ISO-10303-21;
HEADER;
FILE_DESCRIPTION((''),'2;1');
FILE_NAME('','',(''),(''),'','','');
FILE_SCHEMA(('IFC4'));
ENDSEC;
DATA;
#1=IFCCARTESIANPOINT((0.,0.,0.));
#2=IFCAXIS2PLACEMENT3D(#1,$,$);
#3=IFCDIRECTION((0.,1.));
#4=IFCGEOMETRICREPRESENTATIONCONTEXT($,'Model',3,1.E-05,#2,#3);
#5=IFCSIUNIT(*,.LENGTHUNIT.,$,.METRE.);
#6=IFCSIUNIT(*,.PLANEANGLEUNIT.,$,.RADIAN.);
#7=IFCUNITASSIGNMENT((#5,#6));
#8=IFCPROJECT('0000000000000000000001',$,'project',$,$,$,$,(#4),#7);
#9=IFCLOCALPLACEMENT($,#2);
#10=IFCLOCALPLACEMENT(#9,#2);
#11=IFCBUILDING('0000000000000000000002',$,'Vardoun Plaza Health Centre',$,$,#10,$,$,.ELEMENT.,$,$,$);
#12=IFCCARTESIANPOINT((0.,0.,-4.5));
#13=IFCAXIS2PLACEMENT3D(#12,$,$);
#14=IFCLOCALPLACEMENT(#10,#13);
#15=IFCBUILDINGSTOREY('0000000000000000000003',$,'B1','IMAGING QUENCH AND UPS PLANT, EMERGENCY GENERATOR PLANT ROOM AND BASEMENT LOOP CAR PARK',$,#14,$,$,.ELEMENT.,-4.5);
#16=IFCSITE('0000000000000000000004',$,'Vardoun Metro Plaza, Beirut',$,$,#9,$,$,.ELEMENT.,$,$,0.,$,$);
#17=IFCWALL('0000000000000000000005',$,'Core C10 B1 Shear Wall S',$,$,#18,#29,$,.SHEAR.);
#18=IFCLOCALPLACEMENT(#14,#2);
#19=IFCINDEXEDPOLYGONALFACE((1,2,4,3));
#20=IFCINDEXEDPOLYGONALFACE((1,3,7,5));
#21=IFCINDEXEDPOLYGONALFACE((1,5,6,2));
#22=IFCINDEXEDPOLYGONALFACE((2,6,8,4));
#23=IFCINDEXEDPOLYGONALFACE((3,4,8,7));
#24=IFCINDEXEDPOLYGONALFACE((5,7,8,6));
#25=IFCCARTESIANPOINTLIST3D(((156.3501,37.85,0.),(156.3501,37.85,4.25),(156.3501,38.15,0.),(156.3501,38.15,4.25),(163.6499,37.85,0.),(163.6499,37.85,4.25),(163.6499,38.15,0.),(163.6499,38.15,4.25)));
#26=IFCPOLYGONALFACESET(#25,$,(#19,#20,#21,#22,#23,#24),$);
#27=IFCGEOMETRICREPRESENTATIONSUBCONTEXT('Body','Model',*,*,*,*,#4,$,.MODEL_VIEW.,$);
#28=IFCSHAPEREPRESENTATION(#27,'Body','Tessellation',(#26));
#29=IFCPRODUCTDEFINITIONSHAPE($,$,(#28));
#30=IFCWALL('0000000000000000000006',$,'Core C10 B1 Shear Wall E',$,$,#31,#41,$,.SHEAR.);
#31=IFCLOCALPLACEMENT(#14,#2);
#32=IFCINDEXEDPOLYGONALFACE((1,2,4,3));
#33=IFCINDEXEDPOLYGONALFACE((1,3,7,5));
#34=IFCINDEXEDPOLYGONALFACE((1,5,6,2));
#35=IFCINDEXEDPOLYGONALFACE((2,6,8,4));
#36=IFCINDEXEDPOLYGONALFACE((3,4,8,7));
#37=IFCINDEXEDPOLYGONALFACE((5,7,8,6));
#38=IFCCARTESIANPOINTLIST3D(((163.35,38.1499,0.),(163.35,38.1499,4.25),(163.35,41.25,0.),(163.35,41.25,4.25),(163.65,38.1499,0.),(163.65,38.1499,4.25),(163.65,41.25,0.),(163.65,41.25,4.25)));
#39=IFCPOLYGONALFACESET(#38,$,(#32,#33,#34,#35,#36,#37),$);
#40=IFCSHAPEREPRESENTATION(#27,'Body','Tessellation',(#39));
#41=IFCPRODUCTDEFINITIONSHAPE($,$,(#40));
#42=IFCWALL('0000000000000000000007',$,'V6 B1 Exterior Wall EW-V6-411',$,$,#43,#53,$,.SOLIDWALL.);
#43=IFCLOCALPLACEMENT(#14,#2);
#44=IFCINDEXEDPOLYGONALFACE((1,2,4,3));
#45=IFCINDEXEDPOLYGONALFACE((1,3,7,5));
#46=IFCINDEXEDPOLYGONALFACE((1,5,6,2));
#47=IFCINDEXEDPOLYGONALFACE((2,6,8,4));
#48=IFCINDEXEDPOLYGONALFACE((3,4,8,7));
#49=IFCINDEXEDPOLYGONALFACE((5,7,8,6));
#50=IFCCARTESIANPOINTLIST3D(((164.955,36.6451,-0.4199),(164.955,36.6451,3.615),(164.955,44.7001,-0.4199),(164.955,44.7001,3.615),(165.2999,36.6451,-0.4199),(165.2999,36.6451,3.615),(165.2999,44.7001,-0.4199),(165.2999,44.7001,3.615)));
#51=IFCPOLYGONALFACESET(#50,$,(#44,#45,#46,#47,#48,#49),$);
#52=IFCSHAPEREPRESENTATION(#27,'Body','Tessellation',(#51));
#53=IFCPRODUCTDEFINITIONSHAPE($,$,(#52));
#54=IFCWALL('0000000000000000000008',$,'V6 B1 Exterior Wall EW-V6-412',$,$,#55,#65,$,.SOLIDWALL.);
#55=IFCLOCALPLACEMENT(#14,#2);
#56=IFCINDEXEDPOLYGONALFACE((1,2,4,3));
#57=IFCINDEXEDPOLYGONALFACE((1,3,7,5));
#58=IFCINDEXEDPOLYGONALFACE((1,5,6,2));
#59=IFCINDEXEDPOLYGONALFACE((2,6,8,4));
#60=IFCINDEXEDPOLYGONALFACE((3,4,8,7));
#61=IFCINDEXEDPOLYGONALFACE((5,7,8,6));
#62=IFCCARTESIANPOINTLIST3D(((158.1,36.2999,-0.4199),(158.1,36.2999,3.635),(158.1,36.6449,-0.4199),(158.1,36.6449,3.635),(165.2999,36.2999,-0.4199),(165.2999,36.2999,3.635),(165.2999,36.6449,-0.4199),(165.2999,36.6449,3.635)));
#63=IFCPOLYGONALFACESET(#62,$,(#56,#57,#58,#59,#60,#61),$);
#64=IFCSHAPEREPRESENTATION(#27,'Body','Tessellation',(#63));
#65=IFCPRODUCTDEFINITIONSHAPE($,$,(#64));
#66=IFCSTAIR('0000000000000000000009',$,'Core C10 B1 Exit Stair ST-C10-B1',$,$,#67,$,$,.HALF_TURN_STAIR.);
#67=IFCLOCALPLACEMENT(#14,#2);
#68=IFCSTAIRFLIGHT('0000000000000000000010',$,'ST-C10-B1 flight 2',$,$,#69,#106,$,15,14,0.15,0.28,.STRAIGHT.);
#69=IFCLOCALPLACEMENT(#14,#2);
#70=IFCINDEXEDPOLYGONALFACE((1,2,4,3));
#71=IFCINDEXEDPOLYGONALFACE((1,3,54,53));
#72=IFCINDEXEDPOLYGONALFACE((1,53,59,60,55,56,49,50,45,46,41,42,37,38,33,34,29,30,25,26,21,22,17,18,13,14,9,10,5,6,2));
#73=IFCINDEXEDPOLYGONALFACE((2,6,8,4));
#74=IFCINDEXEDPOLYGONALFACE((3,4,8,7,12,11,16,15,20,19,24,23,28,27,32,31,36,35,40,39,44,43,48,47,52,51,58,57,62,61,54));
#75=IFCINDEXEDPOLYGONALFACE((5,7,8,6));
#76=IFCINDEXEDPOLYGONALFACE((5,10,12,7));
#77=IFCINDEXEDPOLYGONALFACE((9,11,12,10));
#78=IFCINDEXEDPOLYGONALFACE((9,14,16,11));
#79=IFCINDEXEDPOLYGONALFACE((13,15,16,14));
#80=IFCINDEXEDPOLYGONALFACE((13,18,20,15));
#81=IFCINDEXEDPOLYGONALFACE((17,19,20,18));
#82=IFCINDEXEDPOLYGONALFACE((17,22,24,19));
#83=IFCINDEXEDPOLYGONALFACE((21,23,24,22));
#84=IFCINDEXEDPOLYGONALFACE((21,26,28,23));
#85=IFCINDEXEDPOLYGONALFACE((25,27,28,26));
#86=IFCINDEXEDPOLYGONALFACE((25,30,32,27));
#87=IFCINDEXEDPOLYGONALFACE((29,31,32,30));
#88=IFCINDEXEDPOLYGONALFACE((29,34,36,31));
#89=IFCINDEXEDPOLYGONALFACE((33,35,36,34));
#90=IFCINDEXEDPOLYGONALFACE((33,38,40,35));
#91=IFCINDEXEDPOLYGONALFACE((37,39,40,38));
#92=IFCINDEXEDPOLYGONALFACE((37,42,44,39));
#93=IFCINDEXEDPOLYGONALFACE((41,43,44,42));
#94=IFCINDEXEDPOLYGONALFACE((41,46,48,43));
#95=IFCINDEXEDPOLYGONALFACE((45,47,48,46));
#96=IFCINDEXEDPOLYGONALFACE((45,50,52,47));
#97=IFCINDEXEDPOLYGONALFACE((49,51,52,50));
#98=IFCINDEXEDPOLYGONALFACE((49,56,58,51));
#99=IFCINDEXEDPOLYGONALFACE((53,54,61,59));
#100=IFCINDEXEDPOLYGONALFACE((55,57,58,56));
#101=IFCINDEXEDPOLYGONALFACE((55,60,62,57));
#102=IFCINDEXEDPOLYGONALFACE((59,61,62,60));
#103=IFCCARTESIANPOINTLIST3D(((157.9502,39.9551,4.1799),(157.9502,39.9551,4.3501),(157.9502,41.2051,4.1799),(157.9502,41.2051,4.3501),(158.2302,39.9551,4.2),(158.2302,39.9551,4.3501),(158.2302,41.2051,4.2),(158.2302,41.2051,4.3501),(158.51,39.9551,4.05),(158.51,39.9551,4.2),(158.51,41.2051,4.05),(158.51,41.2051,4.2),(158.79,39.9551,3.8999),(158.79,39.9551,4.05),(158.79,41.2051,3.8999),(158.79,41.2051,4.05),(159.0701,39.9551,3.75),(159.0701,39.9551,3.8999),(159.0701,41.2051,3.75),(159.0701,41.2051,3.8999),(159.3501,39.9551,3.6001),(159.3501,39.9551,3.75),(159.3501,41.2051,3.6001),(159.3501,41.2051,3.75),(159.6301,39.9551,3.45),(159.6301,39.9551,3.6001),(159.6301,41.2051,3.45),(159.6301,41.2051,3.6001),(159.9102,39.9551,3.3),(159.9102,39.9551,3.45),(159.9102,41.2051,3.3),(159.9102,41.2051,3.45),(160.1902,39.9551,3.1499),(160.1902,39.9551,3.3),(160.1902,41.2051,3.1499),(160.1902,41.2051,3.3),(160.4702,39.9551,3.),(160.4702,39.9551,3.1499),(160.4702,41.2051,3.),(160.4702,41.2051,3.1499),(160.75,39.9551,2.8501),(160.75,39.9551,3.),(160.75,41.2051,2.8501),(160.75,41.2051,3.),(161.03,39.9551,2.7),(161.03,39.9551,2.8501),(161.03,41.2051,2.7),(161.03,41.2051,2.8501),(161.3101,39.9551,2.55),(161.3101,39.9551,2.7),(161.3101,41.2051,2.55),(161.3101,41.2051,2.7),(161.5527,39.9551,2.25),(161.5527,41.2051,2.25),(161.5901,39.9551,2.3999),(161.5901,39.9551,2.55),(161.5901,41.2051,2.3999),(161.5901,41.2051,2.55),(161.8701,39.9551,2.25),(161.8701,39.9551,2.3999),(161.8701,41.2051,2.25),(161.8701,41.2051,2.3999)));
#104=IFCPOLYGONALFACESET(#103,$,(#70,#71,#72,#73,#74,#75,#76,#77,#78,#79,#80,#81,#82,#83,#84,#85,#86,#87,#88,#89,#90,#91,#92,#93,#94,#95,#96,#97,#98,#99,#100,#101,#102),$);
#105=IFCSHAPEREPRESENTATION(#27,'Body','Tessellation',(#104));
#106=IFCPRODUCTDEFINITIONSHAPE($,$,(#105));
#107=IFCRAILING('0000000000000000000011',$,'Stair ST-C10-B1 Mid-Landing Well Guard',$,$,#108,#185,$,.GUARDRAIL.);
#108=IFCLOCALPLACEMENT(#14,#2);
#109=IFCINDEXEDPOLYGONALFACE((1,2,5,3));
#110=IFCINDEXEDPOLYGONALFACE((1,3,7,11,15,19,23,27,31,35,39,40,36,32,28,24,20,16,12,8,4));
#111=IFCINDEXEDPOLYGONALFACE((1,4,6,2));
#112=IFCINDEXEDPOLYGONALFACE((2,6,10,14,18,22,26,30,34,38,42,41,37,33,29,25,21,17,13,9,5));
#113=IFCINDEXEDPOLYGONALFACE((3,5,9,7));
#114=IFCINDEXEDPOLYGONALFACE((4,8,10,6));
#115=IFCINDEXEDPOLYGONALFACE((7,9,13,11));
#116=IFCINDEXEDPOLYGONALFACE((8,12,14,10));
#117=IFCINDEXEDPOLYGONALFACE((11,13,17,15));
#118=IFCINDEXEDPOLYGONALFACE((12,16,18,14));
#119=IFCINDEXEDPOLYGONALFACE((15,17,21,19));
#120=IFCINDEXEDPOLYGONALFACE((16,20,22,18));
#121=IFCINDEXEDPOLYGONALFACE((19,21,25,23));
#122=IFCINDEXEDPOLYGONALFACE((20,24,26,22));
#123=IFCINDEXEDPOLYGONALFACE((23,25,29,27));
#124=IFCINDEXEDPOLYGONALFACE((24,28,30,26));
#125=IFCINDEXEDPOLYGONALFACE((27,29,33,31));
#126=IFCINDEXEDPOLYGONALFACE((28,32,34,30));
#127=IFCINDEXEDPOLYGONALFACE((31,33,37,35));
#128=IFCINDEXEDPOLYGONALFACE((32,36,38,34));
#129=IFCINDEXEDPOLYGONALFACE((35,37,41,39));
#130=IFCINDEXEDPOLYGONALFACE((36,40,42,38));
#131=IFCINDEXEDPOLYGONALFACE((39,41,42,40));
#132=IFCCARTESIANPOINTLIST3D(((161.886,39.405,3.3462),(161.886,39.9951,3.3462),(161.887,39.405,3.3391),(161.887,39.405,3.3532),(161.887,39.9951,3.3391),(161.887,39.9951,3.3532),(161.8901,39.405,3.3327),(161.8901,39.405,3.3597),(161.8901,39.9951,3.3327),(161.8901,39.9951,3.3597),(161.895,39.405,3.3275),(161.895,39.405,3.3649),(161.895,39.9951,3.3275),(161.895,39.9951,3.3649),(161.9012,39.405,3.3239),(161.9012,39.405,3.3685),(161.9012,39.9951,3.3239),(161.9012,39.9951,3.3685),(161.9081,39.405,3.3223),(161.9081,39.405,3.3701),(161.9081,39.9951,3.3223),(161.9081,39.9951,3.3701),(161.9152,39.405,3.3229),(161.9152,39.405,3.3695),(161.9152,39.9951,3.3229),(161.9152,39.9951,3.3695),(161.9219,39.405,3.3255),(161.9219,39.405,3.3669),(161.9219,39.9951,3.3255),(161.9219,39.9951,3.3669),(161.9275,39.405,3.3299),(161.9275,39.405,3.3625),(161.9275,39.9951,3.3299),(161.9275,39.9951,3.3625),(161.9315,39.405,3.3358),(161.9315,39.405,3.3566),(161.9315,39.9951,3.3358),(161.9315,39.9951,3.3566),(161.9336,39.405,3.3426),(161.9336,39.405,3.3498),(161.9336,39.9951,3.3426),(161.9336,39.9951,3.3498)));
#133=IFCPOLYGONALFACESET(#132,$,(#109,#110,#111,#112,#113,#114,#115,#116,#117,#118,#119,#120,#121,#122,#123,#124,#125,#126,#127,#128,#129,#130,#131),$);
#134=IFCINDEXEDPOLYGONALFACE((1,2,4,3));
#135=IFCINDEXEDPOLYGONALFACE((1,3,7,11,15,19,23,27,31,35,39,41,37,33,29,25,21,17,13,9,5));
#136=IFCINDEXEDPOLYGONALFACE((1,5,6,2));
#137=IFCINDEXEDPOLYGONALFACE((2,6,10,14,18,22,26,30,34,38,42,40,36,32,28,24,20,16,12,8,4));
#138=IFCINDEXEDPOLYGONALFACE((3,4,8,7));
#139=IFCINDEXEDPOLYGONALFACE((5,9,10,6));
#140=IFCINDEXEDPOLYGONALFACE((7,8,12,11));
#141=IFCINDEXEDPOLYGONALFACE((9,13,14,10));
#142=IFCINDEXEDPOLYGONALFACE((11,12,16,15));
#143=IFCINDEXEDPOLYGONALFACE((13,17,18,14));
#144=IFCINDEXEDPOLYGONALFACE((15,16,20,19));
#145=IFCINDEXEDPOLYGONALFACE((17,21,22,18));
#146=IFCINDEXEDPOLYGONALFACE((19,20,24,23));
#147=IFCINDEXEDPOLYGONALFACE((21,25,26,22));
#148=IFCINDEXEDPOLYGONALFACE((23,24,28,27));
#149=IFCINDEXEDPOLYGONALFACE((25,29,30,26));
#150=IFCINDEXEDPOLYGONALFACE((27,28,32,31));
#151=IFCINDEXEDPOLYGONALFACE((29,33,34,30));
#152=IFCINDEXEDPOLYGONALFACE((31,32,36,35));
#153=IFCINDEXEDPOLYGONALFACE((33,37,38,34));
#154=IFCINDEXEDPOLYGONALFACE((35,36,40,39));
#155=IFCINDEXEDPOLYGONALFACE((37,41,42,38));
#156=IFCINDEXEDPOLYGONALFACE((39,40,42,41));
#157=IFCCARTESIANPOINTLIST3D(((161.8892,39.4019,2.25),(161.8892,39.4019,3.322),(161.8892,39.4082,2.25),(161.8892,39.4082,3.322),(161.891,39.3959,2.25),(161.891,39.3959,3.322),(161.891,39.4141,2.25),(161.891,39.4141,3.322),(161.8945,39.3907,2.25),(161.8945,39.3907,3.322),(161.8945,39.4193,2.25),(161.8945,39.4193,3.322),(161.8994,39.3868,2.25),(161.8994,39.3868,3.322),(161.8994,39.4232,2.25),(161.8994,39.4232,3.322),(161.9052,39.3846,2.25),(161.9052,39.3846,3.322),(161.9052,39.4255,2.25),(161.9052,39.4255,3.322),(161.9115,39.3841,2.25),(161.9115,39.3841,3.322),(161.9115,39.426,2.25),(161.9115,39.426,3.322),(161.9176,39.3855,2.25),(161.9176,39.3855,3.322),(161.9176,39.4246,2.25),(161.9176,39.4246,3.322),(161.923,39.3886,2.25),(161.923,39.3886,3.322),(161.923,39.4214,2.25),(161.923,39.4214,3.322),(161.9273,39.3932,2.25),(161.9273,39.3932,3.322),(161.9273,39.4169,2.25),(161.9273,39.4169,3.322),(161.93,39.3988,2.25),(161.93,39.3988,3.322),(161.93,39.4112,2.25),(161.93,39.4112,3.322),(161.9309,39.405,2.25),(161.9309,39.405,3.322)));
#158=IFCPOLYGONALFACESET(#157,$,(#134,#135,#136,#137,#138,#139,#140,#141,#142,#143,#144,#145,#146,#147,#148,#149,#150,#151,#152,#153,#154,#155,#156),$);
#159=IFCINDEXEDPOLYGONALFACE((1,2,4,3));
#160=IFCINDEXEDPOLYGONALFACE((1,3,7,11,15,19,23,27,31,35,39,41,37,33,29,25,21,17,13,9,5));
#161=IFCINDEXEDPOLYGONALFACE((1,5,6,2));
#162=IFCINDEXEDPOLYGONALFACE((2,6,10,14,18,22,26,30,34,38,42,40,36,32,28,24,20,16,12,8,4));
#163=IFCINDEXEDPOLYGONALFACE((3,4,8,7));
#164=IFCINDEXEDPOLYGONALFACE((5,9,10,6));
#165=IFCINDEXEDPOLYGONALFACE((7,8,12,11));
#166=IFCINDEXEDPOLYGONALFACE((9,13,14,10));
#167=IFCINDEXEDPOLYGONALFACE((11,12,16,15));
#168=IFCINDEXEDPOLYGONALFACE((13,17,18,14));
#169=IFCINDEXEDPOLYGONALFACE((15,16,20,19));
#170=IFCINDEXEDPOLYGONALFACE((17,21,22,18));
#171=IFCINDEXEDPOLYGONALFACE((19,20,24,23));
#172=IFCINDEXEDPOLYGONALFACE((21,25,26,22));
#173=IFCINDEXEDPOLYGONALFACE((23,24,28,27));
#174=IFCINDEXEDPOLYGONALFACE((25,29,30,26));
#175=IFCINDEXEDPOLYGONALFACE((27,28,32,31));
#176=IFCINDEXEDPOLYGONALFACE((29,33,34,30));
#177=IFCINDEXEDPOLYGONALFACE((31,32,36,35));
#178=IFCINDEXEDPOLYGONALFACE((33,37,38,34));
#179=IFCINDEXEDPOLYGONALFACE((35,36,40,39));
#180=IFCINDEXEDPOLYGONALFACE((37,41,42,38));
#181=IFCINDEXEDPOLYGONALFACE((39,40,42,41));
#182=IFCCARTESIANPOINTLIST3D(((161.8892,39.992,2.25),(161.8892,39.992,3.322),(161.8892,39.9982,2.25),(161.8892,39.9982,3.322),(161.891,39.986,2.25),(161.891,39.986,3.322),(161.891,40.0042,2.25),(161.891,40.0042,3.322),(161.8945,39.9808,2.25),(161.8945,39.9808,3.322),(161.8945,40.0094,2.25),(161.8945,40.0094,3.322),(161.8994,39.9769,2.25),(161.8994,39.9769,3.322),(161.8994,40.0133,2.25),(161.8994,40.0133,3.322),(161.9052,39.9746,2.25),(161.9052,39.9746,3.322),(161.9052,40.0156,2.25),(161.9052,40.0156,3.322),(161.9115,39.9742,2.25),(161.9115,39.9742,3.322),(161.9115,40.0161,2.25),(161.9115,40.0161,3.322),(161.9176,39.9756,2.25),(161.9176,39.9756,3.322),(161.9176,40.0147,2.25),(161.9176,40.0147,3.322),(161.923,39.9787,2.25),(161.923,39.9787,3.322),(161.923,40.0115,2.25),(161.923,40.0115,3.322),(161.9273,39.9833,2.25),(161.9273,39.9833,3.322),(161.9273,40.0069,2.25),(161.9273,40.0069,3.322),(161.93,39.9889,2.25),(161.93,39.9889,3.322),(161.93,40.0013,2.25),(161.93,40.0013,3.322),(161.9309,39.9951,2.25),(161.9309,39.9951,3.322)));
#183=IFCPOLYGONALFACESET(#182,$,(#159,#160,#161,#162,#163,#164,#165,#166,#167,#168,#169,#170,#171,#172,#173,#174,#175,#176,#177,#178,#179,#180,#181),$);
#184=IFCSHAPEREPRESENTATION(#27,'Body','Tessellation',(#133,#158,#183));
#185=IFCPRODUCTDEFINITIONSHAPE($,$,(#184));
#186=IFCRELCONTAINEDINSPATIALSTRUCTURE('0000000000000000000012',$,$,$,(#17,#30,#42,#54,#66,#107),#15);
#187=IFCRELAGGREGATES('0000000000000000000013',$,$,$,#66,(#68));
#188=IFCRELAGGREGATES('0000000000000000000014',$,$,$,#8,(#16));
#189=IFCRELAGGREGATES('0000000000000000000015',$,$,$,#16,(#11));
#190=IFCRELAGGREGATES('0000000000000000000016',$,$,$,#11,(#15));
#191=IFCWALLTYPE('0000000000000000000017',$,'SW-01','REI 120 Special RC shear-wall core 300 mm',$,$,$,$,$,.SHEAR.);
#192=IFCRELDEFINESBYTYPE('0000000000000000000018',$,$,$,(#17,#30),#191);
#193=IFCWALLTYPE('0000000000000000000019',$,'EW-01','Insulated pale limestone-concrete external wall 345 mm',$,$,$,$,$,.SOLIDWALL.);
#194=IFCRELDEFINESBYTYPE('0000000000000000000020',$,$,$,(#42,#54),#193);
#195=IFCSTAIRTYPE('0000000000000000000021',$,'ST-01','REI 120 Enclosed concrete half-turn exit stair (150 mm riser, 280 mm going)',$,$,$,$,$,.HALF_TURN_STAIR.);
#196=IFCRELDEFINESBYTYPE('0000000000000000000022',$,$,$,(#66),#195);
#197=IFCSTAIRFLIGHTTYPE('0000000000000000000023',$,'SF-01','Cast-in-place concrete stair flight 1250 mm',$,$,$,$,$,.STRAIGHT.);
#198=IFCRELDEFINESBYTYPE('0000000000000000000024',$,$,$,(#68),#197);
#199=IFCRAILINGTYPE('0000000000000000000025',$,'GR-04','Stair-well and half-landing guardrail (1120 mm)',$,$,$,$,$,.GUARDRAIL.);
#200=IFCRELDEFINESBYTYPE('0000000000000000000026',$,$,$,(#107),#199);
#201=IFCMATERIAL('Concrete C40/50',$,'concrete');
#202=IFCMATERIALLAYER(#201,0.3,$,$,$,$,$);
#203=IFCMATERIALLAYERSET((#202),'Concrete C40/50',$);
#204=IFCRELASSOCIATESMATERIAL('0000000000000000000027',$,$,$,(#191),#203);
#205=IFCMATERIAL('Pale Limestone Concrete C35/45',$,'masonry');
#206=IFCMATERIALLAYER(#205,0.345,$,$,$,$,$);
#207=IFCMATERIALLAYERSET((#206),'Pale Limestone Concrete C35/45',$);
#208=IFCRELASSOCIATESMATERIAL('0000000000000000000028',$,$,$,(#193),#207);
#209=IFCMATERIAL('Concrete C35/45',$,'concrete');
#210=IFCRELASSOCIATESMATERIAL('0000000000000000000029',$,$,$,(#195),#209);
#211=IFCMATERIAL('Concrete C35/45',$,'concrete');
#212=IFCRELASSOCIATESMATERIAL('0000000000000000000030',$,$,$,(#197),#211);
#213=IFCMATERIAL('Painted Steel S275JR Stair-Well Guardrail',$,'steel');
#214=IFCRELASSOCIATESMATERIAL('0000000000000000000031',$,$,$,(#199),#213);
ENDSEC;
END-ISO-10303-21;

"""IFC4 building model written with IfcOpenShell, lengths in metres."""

from ifc_helpers import new_model, si_unit, direction, frame, frame_2d, origin, origin_2d, place, context, subcontext, project, spatial, polyline, rectangle, circle, outline, extrude, material, layer, layer_set, type_object, element, aggregate, save


model = new_model("IFC4")

# Units and contexts
model_context = context("Model", 3, precision=1e-05, world=origin(), true_north=direction((0.0, 1.0)))
body_context = subcontext(model_context, "Body", "Model", "MODEL_VIEW")
ifc_project = project(units=[si_unit("LENGTHUNIT", "METRE"), si_unit("PLANEANGLEUNIT", "RADIAN")], contexts=[model_context])

# Site, building, storey
site_placement = place(None, origin())
site = spatial("IfcSite", under=ifc_project, at=site_placement, Name="Vardoun Metro Plaza, Beirut", CompositionType="ELEMENT", RefElevation=0.0)
building_placement = place(site_placement, origin())
building = spatial("IfcBuilding", under=site, at=building_placement, Name="Vardoun Plaza Health Centre", CompositionType="ELEMENT")
storey_placement = place(building_placement, frame((0.0, 0.0, -4.5)))
storey = spatial("IfcBuildingStorey", under=building, at=storey_placement, Name="B1", Description="IMAGING QUENCH AND UPS PLANT, EMERGENCY GENERATOR PLANT ROOM AND BASEMENT LOOP CAR PARK", CompositionType="ELEMENT", Elevation=-4.5)

# Walls
ifc_material_1 = material(Name="Concrete C40/50", Category="concrete")
ifc_layer_1 = layer(ifc_material_1, 0.3)
ifc_layer_set_1 = layer_set([ifc_layer_1], Name="Concrete C40/50")
wall_type_1 = type_object("IfcWallType", Name="SW-01", Description="REI 120 Special RC shear-wall core 300 mm", PredefinedType="SHEAR", material=ifc_layer_set_1)
wall_1_placement = place(storey_placement, frame((163.6499, 38.0, 0.0), z_axis=(0.0, 0.0, 1.0), x_axis=(-1.0, 0.0, 0.0)))
element("IfcWall", 1, at=wall_1_placement, inside=storey, type_object=wall_type_1, Name="Core C10 B1 Shear Wall S", PredefinedType="SHEAR", context=body_context, shape_type="SweptSolid", body=[
    extrude(rectangle(XDim=7.2998, YDim=0.3, at=frame_2d((3.6499, 0.0))), origin(), (0.0, 0.0, 1.0), 4.25),
])
wall_2_placement = place(storey_placement, frame((163.5, 41.25, 0.0), z_axis=(0.0, 0.0, 1.0), x_axis=(0.0, -1.0, 0.0)))
element("IfcWall", 2, at=wall_2_placement, inside=storey, type_object=wall_type_1, Name="Core C10 B1 Shear Wall E", PredefinedType="SHEAR", context=body_context, shape_type="SweptSolid", body=[
    extrude(rectangle(XDim=3.1001, YDim=0.3, at=frame_2d((1.55, 0.0))), origin(), (0.0, 0.0, 1.0), 4.25),
])
ifc_material_2 = material(Name="Pale Limestone Concrete C35/45", Category="masonry")
ifc_layer_2 = layer(ifc_material_2, 0.345)
ifc_layer_set_2 = layer_set([ifc_layer_2], Name="Pale Limestone Concrete C35/45")
wall_type_2 = type_object("IfcWallType", Name="EW-01", Description="Insulated pale limestone-concrete external wall 345 mm", PredefinedType="SOLIDWALL", material=ifc_layer_set_2)
wall_3_placement = place(storey_placement, frame((165.1274, 44.7, -0.4199), z_axis=(0.0, 0.0, 1.0), x_axis=(0.0, -1.0, 0.0)))
element("IfcWall", 3, at=wall_3_placement, inside=storey, type_object=wall_type_2, Name="V6 B1 Exterior Wall EW-V6-411", PredefinedType="SOLIDWALL", context=body_context, shape_type="SweptSolid", body=[
    extrude(rectangle(XDim=8.0549, YDim=0.345, at=frame_2d((4.0273, 0.0))), origin(), (0.0, 0.0, 1.0), 4.0349),
])
wall_4_placement = place(storey_placement, frame((165.3, 36.4724, -0.4199), z_axis=(0.0, 0.0, 1.0), x_axis=(-1.0, 0.0, 0.0)))
element("IfcWall", 4, at=wall_4_placement, inside=storey, type_object=wall_type_2, Name="V6 B1 Exterior Wall EW-V6-412", PredefinedType="SOLIDWALL", context=body_context, shape_type="SweptSolid", body=[
    extrude(rectangle(XDim=7.2, YDim=0.345, at=frame_2d((3.6001, 0.0))), origin(), (0.0, 0.0, 1.0), 4.0549),
])

# Stair, stair flight
ifc_material_3 = material(Name="Concrete C35/45", Category="concrete")
stair_type = type_object("IfcStairType", Name="ST-01", Description="REI 120 Enclosed concrete half-turn exit stair (150 mm riser, 280 mm going)", PredefinedType="HALF_TURN_STAIR", material=ifc_material_3)
stair_placement = place(storey_placement, origin())
stair = element("IfcStair", 5, at=stair_placement, inside=storey, type_object=stair_type, Name="Core C10 B1 Exit Stair ST-C10-B1", PredefinedType="HALF_TURN_STAIR")
ifc_material_4 = material(Name="Concrete C35/45", Category="concrete")
stair_flight_type = type_object("IfcStairFlightType", Name="SF-01", Description="Cast-in-place concrete stair flight 1250 mm", PredefinedType="STRAIGHT", material=ifc_material_4)
stair_flight_placement = place(storey_placement, frame((161.8701, 40.5801, 2.25), z_axis=(0.0, 0.0, 1.0), x_axis=(-1.0, 0.0, 0.0)))
stair_flight = element("IfcStairFlight", 6, at=stair_flight_placement, type_object=stair_flight_type, Name="ST-C10-B1 flight 2", NumberOfRisers=15, NumberOfTreads=14, PredefinedType="STRAIGHT", RiserHeight=0.15, TreadLength=0.28, context=body_context, shape_type="SweptSolid", body=[
    extrude(outline(polyline([(0.0, 0.0), (0.0, 0.1499), (0.28, 0.1499), (0.28, 0.3), (0.5601, 0.3), (0.5601, 0.45), (0.8401, 0.45), (0.8401, 0.6001), (1.1201, 0.6001), (1.1201, 0.75), (1.3999, 0.75), (1.3999, 0.8999), (1.6799, 0.8999), (1.6799, 1.05), (1.96, 1.05), (1.96, 1.2), (2.24, 1.2), (2.24, 1.3501), (2.52, 1.3501), (2.52, 1.5), (2.8, 1.5), (2.8, 1.6499), (3.0801, 1.6499), (3.0801, 1.8), (3.3601, 1.8), (3.3601, 1.95), (3.6399, 1.95), (3.6399, 2.1001), (3.9199, 2.1001), (3.9199, 2.25), (3.9199, 1.9299), (0.3174, 0.0), (0.0, 0.0)])), frame((0.0, 0.625, 0.0), z_axis=(0.0, -1.0, 0.0), x_axis=(1.0, 0.0, 0.0)), (0.0, 0.0, 1.0), 1.25),
])
aggregate(stair, [stair_flight])

# Railing
ifc_material_5 = material(Name="Painted Steel S275JR Stair-Well Guardrail", Category="steel")
railing_type_1 = type_object("IfcRailingType", Name="GR-04", Description="Stair-well and half-landing guardrail (1120 mm)", PredefinedType="GUARDRAIL", material=ifc_material_5)
railing_1_placement = place(storey_placement, frame((161.9099, 39.405, 2.25)))
element("IfcRailing", 7, at=railing_1_placement, inside=storey, type_object=railing_type_1, Name="Stair ST-C10-B1 Mid-Landing Well Guard", PredefinedType="GUARDRAIL", context=body_context, shape_type="SweptSolid", body=[
    extrude(circle(Radius=0.0239, at=origin_2d()), frame((0.0, 0.0, 1.0962), z_axis=(0.0, 1.0, 0.0), x_axis=(-1.0, 0.0, 0.0)), (0.0, 0.0, 1.0), 0.5901),
    extrude(circle(Radius=0.021, at=origin_2d()), origin(), (0.0, 0.0, 1.0), 1.072),
    extrude(circle(Radius=0.021, at=origin_2d()), frame((0.0, 0.5901, 0.0)), (0.0, 0.0, 1.0), 1.072),
])

save(model, "model.ifc")
